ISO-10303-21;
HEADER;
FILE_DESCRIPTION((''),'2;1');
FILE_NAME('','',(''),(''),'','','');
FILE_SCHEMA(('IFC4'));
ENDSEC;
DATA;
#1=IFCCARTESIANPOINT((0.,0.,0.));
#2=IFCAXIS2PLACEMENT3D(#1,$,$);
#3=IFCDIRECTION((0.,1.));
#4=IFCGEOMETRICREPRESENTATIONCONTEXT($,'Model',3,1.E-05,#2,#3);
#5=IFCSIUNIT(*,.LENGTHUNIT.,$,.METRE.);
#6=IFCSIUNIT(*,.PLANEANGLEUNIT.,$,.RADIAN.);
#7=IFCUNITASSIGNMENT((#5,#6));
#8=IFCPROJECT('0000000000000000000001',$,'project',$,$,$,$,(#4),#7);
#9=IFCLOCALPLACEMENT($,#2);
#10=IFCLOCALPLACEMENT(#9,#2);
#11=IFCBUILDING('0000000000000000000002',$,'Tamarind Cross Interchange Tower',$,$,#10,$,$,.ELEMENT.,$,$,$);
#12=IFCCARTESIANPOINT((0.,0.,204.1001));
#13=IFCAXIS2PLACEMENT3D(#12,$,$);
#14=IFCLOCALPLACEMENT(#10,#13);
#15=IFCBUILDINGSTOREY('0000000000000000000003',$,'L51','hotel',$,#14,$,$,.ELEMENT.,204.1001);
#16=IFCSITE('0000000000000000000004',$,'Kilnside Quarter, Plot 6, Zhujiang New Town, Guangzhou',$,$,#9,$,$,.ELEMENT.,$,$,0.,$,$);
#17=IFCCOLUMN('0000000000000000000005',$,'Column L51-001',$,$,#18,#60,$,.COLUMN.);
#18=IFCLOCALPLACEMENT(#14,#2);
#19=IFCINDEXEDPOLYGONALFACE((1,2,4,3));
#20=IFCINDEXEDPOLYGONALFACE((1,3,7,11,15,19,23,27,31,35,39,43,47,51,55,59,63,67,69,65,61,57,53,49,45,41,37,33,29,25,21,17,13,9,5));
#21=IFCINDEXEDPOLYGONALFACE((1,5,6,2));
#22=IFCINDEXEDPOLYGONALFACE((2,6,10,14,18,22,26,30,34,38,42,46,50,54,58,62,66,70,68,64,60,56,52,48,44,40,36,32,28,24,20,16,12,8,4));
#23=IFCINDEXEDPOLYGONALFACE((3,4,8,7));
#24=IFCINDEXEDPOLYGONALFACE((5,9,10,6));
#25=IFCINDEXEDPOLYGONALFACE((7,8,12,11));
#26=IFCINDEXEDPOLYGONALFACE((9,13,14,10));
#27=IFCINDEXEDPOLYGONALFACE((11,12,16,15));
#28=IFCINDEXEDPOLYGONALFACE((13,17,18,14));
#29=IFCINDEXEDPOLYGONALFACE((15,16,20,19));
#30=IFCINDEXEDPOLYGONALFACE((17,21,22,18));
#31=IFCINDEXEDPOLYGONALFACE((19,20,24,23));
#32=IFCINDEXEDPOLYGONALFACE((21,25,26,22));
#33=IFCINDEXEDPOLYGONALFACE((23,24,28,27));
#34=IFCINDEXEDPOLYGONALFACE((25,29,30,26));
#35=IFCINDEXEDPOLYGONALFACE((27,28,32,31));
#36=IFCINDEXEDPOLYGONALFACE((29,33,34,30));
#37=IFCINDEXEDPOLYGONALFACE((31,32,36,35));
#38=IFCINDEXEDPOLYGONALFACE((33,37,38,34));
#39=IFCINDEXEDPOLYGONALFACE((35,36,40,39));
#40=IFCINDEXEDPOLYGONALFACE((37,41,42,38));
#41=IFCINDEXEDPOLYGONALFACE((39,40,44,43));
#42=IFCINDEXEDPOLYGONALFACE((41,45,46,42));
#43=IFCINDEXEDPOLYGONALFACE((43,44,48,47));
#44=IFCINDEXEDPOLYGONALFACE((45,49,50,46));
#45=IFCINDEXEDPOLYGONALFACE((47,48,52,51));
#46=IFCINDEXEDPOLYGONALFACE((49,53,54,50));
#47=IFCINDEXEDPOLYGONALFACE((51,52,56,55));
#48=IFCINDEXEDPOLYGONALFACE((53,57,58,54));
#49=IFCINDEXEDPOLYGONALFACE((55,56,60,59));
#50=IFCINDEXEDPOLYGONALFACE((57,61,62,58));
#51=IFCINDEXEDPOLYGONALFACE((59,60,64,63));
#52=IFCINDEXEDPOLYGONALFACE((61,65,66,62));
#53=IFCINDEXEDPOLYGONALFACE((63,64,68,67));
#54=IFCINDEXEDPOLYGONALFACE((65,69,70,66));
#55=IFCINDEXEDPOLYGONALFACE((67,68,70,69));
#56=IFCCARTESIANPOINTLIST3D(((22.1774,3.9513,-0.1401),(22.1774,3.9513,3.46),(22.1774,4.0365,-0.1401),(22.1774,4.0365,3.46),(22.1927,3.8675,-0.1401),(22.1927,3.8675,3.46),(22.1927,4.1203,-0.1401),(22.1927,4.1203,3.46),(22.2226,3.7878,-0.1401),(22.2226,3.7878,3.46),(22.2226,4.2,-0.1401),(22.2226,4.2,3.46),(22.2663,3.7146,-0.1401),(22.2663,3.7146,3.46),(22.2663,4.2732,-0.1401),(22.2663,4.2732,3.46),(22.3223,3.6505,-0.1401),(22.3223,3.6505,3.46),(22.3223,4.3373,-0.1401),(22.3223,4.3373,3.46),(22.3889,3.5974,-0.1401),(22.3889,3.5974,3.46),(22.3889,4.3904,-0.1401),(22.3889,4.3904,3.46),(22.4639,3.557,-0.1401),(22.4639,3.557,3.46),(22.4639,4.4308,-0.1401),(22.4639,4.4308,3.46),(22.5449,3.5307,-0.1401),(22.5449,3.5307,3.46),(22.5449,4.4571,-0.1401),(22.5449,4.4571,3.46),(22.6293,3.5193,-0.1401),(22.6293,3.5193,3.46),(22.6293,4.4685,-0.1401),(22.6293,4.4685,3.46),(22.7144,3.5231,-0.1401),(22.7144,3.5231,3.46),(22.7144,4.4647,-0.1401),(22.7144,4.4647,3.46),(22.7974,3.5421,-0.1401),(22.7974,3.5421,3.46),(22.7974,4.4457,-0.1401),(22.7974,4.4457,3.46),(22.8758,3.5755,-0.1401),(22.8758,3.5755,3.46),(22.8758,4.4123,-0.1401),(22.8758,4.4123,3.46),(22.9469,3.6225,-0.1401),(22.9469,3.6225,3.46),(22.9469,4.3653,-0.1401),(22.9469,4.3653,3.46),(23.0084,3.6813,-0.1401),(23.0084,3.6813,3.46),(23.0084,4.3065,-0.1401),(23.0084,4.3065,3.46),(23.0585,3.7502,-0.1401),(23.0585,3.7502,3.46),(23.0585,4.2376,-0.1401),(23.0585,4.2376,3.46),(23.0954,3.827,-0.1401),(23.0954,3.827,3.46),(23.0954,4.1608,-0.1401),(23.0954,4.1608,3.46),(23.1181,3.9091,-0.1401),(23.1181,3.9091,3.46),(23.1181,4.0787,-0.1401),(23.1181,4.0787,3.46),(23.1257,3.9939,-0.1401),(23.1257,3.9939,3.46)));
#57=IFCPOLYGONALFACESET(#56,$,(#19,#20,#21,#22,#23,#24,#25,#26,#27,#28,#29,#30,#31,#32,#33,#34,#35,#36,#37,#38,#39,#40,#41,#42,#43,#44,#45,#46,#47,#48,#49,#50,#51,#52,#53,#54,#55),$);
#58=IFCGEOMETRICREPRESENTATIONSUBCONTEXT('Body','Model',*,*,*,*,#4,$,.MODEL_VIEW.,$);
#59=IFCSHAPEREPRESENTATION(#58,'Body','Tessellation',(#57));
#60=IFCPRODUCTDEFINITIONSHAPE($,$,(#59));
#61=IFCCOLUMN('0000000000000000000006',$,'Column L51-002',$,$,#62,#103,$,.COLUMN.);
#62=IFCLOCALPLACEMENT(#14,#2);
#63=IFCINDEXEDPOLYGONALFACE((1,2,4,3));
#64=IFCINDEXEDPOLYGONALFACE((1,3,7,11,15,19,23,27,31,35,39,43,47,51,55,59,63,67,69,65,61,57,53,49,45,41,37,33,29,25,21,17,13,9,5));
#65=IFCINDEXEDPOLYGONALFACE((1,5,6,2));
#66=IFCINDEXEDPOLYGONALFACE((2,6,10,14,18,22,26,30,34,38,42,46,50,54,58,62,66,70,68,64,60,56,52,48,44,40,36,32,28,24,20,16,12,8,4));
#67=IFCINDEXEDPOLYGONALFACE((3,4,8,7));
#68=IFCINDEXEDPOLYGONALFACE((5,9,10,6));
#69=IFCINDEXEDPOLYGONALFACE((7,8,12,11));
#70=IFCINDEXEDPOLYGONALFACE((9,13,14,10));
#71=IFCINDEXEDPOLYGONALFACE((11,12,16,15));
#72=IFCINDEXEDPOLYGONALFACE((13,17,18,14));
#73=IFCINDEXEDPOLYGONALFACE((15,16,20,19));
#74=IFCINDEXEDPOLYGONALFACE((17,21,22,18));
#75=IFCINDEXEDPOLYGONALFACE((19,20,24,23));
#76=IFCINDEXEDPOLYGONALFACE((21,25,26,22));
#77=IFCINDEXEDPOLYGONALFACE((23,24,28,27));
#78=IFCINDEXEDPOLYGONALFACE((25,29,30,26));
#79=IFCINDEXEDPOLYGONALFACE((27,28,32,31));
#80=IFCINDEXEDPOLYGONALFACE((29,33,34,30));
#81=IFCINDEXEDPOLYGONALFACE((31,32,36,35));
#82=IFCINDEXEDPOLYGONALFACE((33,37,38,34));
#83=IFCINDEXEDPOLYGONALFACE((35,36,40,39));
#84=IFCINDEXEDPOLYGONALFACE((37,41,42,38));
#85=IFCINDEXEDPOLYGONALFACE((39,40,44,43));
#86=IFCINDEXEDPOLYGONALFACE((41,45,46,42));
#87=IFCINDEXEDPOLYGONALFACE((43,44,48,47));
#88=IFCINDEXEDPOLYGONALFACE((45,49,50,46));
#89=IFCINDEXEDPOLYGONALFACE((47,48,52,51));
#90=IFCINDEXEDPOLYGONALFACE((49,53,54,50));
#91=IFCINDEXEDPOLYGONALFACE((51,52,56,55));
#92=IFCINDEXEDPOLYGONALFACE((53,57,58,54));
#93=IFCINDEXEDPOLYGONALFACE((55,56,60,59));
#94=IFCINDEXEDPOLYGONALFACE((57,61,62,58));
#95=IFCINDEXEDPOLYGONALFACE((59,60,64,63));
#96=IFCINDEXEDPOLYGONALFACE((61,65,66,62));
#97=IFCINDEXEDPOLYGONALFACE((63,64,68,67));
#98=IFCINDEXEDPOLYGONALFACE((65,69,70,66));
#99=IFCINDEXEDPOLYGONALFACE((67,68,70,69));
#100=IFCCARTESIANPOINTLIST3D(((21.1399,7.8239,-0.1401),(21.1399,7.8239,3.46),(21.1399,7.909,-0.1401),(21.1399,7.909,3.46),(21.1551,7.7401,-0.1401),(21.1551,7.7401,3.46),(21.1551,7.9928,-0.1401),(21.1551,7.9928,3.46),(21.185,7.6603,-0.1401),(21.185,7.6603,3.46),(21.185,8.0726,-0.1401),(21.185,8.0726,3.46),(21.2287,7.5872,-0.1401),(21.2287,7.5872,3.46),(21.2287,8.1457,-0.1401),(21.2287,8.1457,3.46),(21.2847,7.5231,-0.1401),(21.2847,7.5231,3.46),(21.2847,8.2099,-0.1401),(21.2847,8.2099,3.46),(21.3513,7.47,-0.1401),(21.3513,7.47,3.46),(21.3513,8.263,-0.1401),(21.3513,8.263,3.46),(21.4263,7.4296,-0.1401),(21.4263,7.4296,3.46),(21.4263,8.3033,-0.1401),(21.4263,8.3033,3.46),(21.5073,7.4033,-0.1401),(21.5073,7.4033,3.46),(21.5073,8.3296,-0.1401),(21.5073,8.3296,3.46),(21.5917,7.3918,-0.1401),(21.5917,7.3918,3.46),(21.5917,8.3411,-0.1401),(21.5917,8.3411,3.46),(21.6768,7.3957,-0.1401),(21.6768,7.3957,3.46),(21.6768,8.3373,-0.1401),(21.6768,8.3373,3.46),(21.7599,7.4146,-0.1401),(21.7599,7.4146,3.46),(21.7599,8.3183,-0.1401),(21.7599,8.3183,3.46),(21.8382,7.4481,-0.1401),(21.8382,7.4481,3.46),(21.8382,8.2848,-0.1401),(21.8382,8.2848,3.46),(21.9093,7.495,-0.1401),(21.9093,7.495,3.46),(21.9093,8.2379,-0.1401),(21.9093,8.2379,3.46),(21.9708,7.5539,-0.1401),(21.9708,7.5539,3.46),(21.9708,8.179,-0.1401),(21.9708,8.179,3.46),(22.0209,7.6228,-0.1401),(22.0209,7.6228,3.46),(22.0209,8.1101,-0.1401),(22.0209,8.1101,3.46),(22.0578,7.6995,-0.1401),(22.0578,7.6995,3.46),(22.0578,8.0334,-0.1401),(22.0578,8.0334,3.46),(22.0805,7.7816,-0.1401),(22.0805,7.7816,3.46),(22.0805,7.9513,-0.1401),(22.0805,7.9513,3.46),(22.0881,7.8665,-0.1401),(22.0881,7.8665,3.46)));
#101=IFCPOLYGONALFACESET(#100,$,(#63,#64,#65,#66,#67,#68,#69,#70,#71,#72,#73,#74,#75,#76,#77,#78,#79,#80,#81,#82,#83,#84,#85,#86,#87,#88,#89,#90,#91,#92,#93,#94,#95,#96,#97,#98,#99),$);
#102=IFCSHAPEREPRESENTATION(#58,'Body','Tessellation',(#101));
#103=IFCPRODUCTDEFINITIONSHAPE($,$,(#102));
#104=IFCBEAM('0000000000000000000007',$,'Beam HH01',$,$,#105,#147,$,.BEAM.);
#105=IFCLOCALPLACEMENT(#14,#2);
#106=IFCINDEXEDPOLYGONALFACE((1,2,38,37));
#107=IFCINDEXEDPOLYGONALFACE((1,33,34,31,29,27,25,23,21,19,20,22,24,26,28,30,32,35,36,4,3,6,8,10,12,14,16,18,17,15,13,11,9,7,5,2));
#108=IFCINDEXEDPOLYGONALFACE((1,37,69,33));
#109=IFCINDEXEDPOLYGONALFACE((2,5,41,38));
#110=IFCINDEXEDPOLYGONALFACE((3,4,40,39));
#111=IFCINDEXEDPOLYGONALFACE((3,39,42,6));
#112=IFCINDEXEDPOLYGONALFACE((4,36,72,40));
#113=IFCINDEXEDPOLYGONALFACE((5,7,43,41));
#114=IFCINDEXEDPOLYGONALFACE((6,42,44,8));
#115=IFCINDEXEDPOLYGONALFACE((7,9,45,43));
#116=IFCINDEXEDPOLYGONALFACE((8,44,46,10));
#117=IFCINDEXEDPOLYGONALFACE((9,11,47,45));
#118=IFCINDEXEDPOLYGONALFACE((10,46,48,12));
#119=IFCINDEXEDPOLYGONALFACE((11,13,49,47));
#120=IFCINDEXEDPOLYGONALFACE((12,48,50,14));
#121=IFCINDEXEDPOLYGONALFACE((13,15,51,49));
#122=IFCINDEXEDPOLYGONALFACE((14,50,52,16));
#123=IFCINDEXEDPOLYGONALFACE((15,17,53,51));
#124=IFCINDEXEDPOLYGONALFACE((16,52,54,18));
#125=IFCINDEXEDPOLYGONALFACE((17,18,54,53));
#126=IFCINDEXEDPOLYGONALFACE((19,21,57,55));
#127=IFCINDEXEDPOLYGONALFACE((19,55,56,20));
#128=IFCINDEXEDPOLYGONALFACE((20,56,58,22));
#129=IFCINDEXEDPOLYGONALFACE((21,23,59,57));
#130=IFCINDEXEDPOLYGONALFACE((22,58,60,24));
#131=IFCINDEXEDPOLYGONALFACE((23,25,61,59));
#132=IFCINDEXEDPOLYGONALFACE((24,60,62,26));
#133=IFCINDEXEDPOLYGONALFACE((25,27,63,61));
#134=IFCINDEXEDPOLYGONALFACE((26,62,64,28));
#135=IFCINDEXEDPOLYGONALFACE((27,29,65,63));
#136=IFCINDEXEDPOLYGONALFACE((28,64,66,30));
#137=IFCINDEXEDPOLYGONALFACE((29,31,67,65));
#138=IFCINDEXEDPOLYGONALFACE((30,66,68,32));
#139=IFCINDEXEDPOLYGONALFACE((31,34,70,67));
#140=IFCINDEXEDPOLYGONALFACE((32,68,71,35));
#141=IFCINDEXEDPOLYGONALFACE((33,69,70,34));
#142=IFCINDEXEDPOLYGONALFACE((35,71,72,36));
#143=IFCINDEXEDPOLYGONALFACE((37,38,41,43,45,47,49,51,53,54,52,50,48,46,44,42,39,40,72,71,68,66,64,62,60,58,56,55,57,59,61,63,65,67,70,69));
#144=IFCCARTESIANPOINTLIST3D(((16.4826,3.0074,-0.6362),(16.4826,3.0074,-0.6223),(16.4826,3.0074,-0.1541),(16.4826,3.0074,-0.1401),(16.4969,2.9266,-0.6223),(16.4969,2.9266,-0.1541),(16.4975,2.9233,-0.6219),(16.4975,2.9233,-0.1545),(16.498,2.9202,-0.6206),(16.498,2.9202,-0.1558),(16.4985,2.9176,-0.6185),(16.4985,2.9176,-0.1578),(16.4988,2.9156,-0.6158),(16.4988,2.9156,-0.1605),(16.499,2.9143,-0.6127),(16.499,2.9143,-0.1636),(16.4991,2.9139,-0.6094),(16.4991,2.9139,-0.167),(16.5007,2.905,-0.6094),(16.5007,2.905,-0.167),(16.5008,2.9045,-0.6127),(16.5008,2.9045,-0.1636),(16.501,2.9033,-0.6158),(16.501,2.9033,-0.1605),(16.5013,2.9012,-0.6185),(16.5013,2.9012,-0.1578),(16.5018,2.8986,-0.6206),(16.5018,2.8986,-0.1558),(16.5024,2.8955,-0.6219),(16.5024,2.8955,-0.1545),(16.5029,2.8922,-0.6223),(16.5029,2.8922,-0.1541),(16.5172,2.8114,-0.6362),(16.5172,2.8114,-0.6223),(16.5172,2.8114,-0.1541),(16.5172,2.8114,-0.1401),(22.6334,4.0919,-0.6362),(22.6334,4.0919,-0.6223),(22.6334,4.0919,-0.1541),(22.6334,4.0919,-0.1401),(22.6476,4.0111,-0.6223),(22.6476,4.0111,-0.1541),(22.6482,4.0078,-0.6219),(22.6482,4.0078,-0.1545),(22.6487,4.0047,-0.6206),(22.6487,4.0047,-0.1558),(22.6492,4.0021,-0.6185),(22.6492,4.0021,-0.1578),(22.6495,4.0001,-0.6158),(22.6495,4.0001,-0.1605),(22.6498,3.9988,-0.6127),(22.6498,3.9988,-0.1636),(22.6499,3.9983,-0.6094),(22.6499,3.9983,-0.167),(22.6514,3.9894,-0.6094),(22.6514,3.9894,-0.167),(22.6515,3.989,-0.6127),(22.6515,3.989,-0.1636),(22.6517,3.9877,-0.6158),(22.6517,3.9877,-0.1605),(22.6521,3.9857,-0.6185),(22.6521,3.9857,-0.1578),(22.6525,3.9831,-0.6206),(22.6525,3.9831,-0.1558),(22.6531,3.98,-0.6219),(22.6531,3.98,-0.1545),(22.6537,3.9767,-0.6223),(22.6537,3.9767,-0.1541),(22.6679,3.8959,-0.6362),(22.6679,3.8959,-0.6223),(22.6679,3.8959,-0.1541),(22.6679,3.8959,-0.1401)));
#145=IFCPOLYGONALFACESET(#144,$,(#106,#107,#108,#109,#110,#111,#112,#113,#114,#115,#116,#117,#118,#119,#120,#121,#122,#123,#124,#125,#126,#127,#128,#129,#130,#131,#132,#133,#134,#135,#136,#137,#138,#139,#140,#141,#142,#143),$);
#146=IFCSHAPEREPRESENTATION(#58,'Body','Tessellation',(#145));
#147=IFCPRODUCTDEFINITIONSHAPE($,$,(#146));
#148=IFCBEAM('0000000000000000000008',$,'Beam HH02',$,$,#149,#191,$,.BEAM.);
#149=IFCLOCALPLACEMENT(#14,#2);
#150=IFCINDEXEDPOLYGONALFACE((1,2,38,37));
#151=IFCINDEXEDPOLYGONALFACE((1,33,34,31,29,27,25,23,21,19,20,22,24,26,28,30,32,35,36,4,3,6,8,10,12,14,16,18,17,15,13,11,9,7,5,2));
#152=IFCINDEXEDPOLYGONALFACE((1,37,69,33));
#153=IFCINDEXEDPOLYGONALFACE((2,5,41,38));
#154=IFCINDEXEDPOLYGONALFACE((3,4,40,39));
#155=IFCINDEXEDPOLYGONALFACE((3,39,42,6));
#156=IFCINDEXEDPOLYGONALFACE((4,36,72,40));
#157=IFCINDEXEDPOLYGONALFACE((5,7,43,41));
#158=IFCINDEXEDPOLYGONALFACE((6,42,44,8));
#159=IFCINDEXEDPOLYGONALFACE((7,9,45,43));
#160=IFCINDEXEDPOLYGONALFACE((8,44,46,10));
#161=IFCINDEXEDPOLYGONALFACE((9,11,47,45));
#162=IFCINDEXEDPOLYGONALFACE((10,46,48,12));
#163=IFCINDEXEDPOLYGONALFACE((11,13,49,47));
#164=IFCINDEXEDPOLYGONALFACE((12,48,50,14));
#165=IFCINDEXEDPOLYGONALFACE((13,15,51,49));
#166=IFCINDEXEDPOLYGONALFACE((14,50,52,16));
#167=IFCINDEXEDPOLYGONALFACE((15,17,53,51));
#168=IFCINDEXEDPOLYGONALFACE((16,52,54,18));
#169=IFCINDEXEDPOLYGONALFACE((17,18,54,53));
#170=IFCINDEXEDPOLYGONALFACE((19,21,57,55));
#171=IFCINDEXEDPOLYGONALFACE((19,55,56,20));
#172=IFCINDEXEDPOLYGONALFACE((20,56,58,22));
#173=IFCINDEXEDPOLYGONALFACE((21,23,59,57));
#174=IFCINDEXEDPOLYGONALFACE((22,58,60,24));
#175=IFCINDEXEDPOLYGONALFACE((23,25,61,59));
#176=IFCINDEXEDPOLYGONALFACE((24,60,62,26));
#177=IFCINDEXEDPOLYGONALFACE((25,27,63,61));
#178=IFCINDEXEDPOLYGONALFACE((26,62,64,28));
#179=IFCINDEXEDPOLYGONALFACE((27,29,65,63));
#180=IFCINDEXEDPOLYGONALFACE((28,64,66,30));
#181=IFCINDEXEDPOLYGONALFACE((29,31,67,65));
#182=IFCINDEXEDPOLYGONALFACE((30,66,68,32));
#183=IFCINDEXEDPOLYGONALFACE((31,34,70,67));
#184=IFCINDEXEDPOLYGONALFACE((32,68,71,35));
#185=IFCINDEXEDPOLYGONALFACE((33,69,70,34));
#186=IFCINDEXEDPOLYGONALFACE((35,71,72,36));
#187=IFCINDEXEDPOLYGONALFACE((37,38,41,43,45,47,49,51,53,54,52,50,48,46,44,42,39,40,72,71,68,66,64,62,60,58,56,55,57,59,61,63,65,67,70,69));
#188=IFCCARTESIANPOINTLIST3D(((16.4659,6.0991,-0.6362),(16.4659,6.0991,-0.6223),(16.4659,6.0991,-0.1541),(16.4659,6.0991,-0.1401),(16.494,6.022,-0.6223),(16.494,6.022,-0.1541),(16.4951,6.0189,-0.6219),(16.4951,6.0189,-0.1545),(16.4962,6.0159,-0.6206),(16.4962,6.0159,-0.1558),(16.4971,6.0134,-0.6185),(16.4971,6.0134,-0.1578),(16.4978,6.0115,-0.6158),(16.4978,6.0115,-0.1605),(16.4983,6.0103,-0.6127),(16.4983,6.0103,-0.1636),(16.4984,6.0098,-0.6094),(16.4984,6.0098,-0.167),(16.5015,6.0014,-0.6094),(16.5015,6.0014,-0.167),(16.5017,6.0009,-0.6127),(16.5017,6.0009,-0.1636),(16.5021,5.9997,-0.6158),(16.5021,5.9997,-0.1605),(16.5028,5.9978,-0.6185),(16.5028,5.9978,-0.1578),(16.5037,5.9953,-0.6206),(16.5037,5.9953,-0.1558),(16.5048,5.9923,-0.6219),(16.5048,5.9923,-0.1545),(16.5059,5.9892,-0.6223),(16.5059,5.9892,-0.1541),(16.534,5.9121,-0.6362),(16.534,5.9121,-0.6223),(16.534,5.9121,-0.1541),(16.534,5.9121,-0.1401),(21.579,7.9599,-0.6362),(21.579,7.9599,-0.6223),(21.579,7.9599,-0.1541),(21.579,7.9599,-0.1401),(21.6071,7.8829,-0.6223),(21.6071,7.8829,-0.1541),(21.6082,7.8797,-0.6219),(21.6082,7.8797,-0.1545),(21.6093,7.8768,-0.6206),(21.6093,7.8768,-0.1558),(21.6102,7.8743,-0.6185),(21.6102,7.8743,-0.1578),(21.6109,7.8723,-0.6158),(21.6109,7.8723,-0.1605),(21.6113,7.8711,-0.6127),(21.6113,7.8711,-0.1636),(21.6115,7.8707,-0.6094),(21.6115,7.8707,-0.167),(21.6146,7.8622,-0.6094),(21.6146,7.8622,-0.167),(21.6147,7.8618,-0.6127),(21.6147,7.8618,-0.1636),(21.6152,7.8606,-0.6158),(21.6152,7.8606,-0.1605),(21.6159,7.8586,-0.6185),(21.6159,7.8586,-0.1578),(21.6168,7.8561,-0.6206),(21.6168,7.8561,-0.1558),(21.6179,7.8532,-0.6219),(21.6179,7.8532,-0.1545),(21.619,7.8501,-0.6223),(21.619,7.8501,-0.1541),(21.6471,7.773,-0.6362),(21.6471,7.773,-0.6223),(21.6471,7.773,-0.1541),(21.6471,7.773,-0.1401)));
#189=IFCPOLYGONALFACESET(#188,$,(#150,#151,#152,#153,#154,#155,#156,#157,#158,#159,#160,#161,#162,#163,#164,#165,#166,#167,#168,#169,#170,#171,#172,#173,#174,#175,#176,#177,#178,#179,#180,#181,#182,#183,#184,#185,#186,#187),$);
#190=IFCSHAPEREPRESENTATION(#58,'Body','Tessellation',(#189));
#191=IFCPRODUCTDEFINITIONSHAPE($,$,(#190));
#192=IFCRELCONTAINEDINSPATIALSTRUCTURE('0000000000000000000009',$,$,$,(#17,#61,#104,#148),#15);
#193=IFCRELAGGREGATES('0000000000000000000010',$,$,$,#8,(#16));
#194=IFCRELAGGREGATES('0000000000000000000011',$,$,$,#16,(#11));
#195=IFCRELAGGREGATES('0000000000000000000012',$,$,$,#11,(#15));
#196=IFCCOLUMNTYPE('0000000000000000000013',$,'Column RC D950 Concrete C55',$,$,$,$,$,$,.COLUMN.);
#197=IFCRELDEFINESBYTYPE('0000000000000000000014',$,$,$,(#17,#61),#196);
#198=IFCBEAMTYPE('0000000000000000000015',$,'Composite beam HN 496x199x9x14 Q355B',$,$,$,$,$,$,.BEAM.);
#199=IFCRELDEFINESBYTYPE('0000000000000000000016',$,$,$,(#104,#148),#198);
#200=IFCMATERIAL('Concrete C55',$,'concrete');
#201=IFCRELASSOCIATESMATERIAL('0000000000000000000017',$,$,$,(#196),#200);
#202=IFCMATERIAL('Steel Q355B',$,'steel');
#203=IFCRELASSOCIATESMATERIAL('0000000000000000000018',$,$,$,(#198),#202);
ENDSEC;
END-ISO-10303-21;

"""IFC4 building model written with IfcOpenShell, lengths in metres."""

from ifc_helpers import new_model, si_unit, direction, frame, origin, origin_2d, place, context, subcontext, project, spatial, circle, i_section, extrude, material, material_profile, profile_set, type_object, element, save


model = new_model("IFC4")

# Units and contexts
model_context = context("Model", 3, precision=1e-05, world=origin(), true_north=direction((0.0, 1.0)))
body_context = subcontext(model_context, "Body", "Model", "MODEL_VIEW")
ifc_project = project(units=[si_unit("LENGTHUNIT", "METRE"), si_unit("PLANEANGLEUNIT", "RADIAN")], contexts=[model_context])

# Site, building, storey
site_placement = place(None, origin())
site = spatial("IfcSite", under=ifc_project, at=site_placement, Name="Kilnside Quarter, Plot 6, Zhujiang New Town, Guangzhou", CompositionType="ELEMENT", RefElevation=0.0)
building_placement = place(site_placement, origin())
building = spatial("IfcBuilding", under=site, at=building_placement, Name="Tamarind Cross Interchange Tower", CompositionType="ELEMENT")
storey_placement = place(building_placement, frame((0.0, 0.0, 204.1001)))
storey = spatial("IfcBuildingStorey", under=building, at=storey_placement, Name="L51", Description="hotel", CompositionType="ELEMENT", Elevation=204.1001)

# Columns
ifc_material_1 = material(Name="Concrete C55", Category="concrete")
ifc_material_profile_1 = material_profile(ifc_material_1, circle(Radius=0.4751, at=origin_2d()), Name="RC D950")
ifc_profile_set_1 = profile_set([ifc_material_profile_1], Name="Concrete C55")
column_type = type_object("IfcColumnType", Name="Column RC D950 Concrete C55", PredefinedType="COLUMN", material=ifc_profile_set_1)
for number, where, z_axis, x_axis, name in (
    (1, (22.6506, 3.9939, -0.1401), (0.0, 0.0, 1.0), (1.0, 0.0, 0.0), "Column L51-001"),
    (2, (21.613, 7.8665, -0.1401), (0.0, 0.0, 1.0), (1.0, 0.0, 0.0), "Column L51-002"),
):
    element("IfcColumn", number, at=place(storey_placement, frame(where, z_axis=z_axis, x_axis=x_axis)), inside=storey, type_object=column_type, Name=name, PredefinedType="COLUMN", context=body_context, shape_type="SweptSolid", body=[
        extrude(circle(Radius=0.4751, at=origin_2d()), origin(), (0.0, 0.0, 1.0), 3.6001),
    ])

# Beams
ifc_material_2 = material(Name="Steel Q355B", Category="steel")
ifc_material_profile_2 = material_profile(ifc_material_2, i_section(OverallWidth=0.199, OverallDepth=0.4961, WebThickness=0.009, FlangeThickness=0.0139, FilletRadius=0.0129, at=origin_2d()), Name="HN 496x199x9x14")
ifc_profile_set_2 = profile_set([ifc_material_profile_2], Name="Steel Q355B")
beam_type = type_object("IfcBeamType", Name="Composite beam HN 496x199x9x14 Q355B", PredefinedType="BEAM", material=ifc_profile_set_2)
beam_1_placement = place(storey_placement, frame((22.6506, 3.9939, -0.3882), z_axis=(-0.984809, -0.17364, 0.0), x_axis=(0.17364, -0.984809, 0.0)))
element("IfcBeam", 3, at=beam_1_placement, inside=storey, type_object=beam_type, Name="Beam HH01", PredefinedType="BEAM", context=body_context, shape_type="SweptSolid", body=[
    extrude(i_section(OverallWidth=0.199, OverallDepth=0.4961, WebThickness=0.009, FlangeThickness=0.0139, FilletRadius=0.0129, at=origin_2d()), origin(), (0.0, 0.0, 1.0), 6.2456),
])
beam_2_placement = place(storey_placement, frame((21.613, 7.8665, -0.3882), z_axis=(-0.939702, -0.341995, 0.0), x_axis=(0.341995, -0.939702, 0.0)))
element("IfcBeam", 4, at=beam_2_placement, inside=storey, type_object=beam_type, Name="Beam HH02", PredefinedType="BEAM", context=body_context, shape_type="SweptSolid", body=[
    extrude(i_section(OverallWidth=0.199, OverallDepth=0.4961, WebThickness=0.009, FlangeThickness=0.0139, FilletRadius=0.0129, at=origin_2d()), origin(), (0.0, 0.0, 1.0), 5.4412),
])

save(model, "model.ifc")
